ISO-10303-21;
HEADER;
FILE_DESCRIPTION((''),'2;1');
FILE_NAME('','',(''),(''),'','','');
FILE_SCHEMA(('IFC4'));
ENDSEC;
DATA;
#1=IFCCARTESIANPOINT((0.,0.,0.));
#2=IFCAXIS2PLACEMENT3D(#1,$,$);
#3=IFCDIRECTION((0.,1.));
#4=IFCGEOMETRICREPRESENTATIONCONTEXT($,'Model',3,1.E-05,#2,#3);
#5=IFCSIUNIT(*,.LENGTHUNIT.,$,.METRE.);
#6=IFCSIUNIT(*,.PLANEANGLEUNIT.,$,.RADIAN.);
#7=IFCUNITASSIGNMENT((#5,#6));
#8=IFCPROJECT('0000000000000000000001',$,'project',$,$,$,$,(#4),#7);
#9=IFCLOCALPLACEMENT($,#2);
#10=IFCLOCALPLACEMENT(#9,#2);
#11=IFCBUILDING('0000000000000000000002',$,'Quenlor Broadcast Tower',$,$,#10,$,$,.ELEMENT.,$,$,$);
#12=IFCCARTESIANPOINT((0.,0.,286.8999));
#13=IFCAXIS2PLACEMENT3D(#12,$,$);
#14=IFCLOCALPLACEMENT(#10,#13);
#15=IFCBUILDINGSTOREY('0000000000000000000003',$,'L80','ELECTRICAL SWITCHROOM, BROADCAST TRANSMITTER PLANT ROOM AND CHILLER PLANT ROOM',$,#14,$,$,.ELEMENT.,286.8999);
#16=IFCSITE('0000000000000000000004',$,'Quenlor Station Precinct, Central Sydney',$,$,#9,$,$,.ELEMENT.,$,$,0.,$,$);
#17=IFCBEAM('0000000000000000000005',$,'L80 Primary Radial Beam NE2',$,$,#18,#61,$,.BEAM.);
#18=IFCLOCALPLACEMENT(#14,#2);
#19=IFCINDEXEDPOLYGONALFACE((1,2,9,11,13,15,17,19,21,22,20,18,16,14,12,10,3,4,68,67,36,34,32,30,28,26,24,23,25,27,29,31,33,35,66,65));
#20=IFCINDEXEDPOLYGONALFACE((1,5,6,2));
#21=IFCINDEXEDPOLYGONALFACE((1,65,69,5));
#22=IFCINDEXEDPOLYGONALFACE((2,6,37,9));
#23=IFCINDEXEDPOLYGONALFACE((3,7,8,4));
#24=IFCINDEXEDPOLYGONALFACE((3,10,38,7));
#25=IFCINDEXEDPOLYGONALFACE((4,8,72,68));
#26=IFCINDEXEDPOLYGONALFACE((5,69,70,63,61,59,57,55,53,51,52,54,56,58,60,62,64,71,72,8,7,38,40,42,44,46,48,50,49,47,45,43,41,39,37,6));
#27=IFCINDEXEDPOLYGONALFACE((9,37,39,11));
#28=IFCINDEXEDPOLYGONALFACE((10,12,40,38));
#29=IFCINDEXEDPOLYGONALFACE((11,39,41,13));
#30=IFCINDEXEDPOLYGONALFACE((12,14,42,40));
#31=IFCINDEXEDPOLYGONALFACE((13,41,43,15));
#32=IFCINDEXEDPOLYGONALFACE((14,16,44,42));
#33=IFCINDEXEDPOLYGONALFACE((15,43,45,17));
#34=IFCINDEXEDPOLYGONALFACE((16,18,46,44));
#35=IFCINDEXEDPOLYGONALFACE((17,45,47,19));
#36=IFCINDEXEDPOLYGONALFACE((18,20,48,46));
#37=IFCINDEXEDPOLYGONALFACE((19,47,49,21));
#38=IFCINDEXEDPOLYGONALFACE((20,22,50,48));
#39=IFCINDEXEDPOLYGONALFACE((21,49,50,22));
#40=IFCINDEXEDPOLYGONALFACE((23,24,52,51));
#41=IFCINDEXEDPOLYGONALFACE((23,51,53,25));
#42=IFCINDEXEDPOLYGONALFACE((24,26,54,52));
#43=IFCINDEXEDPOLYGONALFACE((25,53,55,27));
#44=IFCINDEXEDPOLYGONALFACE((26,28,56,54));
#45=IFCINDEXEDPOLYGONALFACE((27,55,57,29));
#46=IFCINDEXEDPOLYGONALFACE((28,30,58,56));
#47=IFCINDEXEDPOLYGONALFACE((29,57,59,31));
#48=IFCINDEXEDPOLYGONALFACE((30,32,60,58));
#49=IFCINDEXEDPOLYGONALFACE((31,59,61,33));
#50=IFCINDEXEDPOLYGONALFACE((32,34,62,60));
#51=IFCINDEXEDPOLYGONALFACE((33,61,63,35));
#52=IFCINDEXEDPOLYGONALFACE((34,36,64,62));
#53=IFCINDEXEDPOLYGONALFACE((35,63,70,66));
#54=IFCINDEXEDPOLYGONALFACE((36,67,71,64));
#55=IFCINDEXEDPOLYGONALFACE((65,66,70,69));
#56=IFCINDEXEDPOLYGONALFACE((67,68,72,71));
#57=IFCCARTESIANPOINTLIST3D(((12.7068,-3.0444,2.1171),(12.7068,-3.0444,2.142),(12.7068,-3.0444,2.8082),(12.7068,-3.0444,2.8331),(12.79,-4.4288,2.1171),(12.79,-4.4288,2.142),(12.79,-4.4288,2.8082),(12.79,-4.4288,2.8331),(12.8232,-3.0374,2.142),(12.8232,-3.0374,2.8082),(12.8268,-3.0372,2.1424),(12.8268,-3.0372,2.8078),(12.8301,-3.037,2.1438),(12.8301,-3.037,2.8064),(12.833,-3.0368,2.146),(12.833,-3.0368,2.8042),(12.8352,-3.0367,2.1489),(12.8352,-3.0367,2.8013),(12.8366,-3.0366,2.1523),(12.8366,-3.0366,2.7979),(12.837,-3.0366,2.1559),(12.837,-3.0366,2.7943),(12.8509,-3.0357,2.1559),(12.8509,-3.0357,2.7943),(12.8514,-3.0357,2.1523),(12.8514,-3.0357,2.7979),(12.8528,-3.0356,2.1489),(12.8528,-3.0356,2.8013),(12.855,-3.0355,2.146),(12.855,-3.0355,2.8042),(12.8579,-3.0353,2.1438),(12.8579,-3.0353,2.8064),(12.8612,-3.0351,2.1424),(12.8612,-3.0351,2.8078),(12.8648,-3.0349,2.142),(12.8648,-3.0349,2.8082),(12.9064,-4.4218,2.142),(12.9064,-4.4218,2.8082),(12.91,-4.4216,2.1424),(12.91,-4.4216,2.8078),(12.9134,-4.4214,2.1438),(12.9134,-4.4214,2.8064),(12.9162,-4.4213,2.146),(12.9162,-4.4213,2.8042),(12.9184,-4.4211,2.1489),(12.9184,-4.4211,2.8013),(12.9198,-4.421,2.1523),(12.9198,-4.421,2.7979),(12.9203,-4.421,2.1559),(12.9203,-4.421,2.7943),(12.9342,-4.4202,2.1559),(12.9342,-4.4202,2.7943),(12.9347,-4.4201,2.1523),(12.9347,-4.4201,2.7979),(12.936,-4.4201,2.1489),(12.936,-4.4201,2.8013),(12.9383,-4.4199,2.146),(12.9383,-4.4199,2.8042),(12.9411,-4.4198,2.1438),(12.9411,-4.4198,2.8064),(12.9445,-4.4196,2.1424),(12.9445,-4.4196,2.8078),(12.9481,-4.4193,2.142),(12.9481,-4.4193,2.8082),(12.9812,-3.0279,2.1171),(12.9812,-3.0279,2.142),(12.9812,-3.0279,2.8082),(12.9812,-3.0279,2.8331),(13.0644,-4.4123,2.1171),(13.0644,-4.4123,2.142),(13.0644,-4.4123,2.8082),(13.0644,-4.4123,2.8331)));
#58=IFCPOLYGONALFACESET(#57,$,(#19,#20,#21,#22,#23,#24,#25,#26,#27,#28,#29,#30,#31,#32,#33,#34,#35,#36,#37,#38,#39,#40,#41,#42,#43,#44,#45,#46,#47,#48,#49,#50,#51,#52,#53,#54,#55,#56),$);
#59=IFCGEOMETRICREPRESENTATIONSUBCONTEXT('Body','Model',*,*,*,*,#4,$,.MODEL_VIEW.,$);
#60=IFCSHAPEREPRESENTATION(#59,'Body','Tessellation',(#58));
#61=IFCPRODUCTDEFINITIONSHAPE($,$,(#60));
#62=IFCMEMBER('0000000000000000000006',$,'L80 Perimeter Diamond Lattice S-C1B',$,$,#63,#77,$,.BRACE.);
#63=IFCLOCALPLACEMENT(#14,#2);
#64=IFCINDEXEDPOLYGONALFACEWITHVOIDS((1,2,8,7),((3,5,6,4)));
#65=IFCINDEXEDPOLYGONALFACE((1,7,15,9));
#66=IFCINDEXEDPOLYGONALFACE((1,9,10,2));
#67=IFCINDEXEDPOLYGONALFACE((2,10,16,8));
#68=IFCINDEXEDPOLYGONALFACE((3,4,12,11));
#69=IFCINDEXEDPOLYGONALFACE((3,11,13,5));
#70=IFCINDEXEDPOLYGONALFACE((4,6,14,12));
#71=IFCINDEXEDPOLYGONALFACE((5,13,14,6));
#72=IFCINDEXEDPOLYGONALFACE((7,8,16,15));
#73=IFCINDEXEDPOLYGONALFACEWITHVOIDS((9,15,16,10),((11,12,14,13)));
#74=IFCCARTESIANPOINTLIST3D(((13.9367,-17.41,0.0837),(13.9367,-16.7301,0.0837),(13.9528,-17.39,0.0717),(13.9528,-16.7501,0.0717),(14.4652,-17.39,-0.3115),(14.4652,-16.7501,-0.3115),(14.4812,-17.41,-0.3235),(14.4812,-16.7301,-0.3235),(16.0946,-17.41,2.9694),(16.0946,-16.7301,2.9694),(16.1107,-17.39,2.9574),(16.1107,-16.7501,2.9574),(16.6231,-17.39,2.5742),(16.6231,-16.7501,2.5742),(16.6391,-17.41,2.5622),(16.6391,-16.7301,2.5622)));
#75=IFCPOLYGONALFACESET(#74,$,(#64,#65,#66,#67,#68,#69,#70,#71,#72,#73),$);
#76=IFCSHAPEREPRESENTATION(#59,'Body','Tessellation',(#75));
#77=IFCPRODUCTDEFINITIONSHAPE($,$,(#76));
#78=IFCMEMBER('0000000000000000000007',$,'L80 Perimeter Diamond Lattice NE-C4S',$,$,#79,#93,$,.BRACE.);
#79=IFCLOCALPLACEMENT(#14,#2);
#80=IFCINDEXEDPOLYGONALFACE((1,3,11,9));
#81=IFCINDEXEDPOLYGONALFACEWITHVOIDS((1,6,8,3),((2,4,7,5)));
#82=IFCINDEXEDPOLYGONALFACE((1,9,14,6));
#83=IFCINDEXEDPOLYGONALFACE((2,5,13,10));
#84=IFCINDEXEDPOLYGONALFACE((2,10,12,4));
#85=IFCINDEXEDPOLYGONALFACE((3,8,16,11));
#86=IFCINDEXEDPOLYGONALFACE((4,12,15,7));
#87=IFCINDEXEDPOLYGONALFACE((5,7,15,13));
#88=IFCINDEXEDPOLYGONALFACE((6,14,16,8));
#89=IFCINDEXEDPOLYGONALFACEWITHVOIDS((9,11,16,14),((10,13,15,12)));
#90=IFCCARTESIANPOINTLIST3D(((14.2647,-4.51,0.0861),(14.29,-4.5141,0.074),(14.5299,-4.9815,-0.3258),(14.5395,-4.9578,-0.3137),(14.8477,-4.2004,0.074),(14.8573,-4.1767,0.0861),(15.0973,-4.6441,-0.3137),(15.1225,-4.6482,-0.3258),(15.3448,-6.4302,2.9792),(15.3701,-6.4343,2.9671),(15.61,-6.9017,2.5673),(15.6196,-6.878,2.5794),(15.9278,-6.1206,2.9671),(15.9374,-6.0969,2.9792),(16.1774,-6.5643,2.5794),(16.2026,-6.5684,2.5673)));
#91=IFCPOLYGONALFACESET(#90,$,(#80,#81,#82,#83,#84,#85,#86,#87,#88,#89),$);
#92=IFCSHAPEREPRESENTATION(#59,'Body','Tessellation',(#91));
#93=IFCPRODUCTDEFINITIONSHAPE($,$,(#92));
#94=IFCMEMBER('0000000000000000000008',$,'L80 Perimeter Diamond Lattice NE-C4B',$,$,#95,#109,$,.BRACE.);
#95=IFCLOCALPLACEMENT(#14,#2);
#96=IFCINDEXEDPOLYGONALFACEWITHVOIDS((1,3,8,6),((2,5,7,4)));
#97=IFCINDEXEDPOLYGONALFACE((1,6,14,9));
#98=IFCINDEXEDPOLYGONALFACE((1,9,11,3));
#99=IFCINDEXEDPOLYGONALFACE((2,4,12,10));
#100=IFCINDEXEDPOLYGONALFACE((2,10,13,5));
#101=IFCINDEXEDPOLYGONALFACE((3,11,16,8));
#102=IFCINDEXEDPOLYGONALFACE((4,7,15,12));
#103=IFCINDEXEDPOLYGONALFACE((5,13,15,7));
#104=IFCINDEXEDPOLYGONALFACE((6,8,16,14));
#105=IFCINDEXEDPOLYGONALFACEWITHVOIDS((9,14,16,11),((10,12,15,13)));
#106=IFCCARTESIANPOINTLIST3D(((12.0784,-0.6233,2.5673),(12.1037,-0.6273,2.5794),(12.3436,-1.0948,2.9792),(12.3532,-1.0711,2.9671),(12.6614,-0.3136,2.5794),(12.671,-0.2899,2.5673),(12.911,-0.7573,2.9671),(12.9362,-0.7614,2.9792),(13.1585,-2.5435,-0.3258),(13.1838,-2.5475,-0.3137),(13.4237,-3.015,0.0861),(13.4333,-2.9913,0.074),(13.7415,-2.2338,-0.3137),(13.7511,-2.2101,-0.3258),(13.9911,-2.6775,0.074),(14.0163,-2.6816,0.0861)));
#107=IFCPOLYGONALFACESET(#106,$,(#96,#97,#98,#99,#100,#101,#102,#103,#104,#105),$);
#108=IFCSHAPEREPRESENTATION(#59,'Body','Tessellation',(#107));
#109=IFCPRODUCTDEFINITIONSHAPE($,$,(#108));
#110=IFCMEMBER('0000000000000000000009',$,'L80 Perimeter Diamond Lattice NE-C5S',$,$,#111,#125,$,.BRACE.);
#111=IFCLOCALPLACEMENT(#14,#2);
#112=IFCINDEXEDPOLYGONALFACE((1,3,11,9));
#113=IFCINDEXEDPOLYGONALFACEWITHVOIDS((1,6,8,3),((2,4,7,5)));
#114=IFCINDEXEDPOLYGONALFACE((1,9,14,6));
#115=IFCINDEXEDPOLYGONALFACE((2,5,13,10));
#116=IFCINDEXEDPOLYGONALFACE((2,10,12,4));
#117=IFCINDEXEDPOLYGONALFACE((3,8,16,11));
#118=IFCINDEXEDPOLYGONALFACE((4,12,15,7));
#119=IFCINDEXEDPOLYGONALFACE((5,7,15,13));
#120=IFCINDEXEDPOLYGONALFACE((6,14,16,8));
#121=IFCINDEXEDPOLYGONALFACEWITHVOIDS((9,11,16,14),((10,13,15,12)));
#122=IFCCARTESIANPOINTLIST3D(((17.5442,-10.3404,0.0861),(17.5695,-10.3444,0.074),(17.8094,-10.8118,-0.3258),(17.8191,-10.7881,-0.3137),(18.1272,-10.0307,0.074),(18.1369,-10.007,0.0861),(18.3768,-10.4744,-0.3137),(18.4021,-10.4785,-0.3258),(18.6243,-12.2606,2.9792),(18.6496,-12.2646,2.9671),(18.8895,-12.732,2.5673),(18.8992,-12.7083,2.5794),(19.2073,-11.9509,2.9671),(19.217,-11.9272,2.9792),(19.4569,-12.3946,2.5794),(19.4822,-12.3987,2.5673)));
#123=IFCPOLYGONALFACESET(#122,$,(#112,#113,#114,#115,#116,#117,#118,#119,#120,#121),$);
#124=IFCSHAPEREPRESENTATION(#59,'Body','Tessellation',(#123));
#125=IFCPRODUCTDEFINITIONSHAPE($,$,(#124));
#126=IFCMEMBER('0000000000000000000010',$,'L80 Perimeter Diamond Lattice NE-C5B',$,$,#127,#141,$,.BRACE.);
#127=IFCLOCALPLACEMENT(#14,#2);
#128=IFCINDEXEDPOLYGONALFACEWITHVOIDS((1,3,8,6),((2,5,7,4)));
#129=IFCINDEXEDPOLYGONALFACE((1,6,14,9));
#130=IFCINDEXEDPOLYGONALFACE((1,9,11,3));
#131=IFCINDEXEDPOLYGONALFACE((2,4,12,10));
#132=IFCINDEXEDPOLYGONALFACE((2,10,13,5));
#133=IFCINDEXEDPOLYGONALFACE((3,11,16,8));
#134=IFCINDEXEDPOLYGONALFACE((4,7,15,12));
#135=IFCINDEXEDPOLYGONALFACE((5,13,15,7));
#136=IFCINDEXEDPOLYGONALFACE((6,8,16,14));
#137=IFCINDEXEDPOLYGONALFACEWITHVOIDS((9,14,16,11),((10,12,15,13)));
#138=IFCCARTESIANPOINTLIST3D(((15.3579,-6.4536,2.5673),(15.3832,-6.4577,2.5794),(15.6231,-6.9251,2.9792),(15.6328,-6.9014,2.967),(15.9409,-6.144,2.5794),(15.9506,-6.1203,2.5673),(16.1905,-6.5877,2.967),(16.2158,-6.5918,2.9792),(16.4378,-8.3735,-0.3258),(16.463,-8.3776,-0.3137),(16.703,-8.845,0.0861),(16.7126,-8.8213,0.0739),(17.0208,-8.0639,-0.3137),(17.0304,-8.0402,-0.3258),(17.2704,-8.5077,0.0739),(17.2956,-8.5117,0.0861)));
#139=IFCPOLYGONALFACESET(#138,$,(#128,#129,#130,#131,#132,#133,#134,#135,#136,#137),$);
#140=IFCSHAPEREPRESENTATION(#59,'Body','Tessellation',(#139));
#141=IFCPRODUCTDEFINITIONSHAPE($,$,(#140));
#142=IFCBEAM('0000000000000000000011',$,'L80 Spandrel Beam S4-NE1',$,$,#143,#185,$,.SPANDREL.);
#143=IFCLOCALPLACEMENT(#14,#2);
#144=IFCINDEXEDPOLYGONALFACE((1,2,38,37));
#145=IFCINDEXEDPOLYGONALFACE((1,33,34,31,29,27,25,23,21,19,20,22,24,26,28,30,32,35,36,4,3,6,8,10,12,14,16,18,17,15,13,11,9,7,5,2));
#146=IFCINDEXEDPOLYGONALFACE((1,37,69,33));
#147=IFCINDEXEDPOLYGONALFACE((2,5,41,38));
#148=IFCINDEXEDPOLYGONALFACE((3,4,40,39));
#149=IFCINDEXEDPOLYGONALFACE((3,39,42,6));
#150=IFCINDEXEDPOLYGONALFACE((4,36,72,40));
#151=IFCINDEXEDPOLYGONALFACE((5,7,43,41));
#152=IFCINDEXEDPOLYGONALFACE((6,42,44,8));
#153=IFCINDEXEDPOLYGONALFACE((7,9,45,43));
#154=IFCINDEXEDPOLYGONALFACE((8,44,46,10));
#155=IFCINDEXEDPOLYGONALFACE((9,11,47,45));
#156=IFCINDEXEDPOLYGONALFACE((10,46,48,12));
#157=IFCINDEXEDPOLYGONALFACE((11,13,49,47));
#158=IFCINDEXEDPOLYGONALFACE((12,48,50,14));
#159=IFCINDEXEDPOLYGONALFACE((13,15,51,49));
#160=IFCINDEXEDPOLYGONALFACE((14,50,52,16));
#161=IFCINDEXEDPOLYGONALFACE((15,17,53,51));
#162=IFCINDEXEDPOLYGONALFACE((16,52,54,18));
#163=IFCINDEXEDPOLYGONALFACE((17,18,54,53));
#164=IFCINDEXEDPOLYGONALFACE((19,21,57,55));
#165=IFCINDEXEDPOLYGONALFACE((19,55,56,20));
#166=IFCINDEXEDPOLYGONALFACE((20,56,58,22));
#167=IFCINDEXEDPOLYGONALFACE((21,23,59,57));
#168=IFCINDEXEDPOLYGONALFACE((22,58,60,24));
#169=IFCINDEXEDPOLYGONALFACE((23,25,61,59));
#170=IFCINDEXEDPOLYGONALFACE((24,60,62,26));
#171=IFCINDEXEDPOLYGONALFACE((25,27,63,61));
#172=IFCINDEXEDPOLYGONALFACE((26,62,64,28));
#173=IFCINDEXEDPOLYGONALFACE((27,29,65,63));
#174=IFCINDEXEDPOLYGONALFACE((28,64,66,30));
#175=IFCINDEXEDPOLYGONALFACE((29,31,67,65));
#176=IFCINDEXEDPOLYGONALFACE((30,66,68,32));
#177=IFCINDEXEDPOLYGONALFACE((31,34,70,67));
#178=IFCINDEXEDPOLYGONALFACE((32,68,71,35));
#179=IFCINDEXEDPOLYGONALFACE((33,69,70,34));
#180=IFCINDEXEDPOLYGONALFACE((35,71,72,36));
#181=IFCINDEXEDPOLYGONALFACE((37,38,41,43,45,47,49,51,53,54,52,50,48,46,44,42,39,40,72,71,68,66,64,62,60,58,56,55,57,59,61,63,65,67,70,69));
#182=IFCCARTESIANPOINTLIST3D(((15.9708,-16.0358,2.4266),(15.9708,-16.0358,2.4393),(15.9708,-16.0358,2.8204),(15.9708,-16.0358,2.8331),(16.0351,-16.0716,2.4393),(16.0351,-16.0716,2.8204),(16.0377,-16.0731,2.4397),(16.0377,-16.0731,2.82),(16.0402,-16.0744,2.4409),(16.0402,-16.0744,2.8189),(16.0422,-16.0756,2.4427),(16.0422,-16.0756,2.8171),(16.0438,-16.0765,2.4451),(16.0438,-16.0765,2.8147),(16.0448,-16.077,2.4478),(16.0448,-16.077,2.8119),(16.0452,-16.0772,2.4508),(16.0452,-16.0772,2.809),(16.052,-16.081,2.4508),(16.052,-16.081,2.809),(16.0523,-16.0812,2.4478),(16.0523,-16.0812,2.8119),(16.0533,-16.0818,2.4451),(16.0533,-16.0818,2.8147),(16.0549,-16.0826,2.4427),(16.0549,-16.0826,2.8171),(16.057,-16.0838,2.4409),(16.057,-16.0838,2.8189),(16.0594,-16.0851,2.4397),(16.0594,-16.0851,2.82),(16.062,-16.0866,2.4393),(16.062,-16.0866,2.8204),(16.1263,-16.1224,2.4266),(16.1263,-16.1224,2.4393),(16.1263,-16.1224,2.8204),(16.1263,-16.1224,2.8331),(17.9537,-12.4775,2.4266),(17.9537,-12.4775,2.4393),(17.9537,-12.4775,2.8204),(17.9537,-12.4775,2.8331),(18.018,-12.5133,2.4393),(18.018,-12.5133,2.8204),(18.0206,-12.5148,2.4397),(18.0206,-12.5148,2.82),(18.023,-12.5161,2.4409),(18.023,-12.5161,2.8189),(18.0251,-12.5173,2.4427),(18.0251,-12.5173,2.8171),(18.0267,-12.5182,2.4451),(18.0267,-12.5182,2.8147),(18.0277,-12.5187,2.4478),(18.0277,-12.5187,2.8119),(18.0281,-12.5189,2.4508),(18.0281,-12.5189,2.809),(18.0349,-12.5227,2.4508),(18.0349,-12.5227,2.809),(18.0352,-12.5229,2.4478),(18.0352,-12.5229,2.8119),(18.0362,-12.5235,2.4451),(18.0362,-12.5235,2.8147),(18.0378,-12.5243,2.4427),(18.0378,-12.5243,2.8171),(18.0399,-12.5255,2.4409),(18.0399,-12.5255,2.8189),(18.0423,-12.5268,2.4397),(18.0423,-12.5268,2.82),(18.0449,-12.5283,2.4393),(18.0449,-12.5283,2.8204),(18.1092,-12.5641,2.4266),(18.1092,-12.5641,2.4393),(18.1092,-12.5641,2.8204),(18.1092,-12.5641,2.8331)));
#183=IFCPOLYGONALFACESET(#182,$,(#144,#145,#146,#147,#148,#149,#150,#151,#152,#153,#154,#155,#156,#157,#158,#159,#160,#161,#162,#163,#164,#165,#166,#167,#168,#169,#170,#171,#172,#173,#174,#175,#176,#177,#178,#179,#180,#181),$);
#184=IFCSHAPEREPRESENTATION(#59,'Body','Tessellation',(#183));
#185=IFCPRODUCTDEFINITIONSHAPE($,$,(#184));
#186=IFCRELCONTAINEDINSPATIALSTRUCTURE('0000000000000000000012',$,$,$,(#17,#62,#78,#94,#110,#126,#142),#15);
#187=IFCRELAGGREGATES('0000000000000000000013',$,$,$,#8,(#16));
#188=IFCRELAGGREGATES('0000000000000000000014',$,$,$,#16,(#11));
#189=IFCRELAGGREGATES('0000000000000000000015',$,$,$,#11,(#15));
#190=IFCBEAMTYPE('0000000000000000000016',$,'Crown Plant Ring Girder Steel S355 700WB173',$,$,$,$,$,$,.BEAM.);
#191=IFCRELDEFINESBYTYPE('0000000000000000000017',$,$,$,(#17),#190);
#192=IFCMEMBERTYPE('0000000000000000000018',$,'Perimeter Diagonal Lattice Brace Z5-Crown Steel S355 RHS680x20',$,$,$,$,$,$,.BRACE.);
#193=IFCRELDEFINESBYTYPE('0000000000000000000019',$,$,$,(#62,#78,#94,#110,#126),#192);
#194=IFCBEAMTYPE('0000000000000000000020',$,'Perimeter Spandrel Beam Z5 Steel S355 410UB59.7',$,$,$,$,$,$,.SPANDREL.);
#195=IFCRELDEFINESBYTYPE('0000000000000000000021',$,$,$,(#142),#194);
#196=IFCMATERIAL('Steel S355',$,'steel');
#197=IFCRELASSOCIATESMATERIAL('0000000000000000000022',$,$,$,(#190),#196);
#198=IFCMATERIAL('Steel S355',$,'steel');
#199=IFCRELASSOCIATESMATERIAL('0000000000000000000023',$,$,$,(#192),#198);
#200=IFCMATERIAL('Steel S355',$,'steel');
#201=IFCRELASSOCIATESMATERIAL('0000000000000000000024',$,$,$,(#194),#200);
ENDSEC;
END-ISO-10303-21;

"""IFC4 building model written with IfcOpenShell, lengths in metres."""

from ifc_helpers import new_model, si_unit, direction, frame, origin, origin_2d, place, context, subcontext, project, spatial, hollow_rectangle, i_section, extrude, material, material_profile, profile_set, type_object, element, save


model = new_model("IFC4")

# Units and contexts
model_context = context("Model", 3, precision=1e-05, world=origin(), true_north=direction((0.0, 1.0)))
body_context = subcontext(model_context, "Body", "Model", "MODEL_VIEW")
ifc_project = project(units=[si_unit("LENGTHUNIT", "METRE"), si_unit("PLANEANGLEUNIT", "RADIAN")], contexts=[model_context])

# Site, building, storey
site_placement = place(None, origin())
site = spatial("IfcSite", under=ifc_project, at=site_placement, Name="Quenlor Station Precinct, Central Sydney", CompositionType="ELEMENT", RefElevation=0.0)
building_placement = place(site_placement, origin())
building = spatial("IfcBuilding", under=site, at=building_placement, Name="Quenlor Broadcast Tower", CompositionType="ELEMENT")
storey_placement = place(building_placement, frame((0.0, 0.0, 286.8999)))
storey = spatial("IfcBuildingStorey", under=building, at=storey_placement, Name="L80", Description="ELECTRICAL SWITCHROOM, BROADCAST TRANSMITTER PLANT ROOM AND CHILLER PLANT ROOM", CompositionType="ELEMENT", Elevation=286.8999)

# Beam
ifc_material_1 = material(Name="Steel S355", Category="steel")
ifc_material_profile_1 = material_profile(ifc_material_1, i_section(OverallWidth=0.2749, OverallDepth=0.7161, WebThickness=0.0139, FlangeThickness=0.0249, FilletRadius=0.0139, at=origin_2d()))
ifc_profile_set_1 = profile_set([ifc_material_profile_1], Name="Steel S355 700WB173")
beam_type_1 = type_object("IfcBeamType", Name="Crown Plant Ring Girder Steel S355 700WB173", PredefinedType="BEAM", material=ifc_profile_set_1)
beam_1_placement = place(storey_placement, frame((12.844, -3.0361, 2.4751), z_axis=(0.060022, -0.998197, 0.0), x_axis=(0.998197, 0.060022, 0.0)))
element("IfcBeam", 1, at=beam_1_placement, inside=storey, type_object=beam_type_1, Name="L80 Primary Radial Beam NE2", PredefinedType="BEAM", context=body_context, shape_type="SweptSolid", body=[
    extrude(i_section(OverallWidth=0.2749, OverallDepth=0.7161, WebThickness=0.0139, FlangeThickness=0.0249, FilletRadius=0.0139, at=origin_2d()), origin(), (0.0, 0.0, 1.0), 1.387),
])

# Members
ifc_material_2 = material(Name="Steel S355", Category="steel")
ifc_material_profile_2 = material_profile(ifc_material_2, hollow_rectangle(XDim=0.6799, YDim=0.6799, WallThickness=0.02, at=origin_2d()))
ifc_profile_set_2 = profile_set([ifc_material_profile_2], Name="Steel S355 RHS680x680x20")
member_type = type_object("IfcMemberType", Name="Perimeter Diagonal Lattice Brace Z5-Crown Steel S355 RHS680x20", PredefinedType="BRACE", material=ifc_profile_set_2)
member_1_placement = place(storey_placement, frame((14.209, -17.0701, -0.1199), z_axis=(0.598872, 0.0, 0.800845), x_axis=(0.0, 1.0, 0.0)))
element("IfcMember", 2, at=member_1_placement, inside=storey, type_object=member_type, Name="L80 Perimeter Diamond Lattice S-C1B", PredefinedType="BRACE", context=body_context, shape_type="SweptSolid", body=[
    extrude(hollow_rectangle(XDim=0.6799, YDim=0.6799, WallThickness=0.02, at=origin_2d()), origin(), (0.0, 0.0, 1.0), 3.6033),
])
for number, where, z_axis, x_axis, name in (
    (3, (14.6936, -4.5791, -0.1199), (0.297018, -0.52804, 0.795584), (0.871578, 0.490256, 0.0), "L80 Perimeter Diamond Lattice NE-C4S"),
    (4, (13.5874, -2.6125, -0.1199), (-0.297018, 0.52804, 0.795584), (-0.871578, -0.490256, 0.0), "L80 Perimeter Diamond Lattice NE-C4B"),
    (5, (17.9731, -10.4094, -0.1199), (0.297018, -0.52804, 0.795584), (0.871578, 0.490256, 0.0), "L80 Perimeter Diamond Lattice NE-C5S"),
):
    element("IfcMember", number, at=place(storey_placement, frame(where, z_axis=z_axis, x_axis=x_axis)), inside=storey, type_object=member_type, Name=name, PredefinedType="BRACE", context=body_context, shape_type="SweptSolid", body=[
        extrude(hollow_rectangle(XDim=0.6799, YDim=0.6799, WallThickness=0.02, at=origin_2d()), origin(), (0.0, 0.0, 1.0), 3.6365),
    ])
member_2_placement = place(storey_placement, frame((16.8667, -8.4426, -0.1199), z_axis=(-0.296967, 0.528002, 0.795628), x_axis=(-0.871599, -0.490219, 0.0)))
element("IfcMember", 6, at=member_2_placement, inside=storey, type_object=member_type, Name="L80 Perimeter Diamond Lattice NE-C5B", PredefinedType="BRACE", context=body_context, shape_type="SweptSolid", body=[
    extrude(hollow_rectangle(XDim=0.6799, YDim=0.6799, WallThickness=0.02, at=origin_2d()), origin(), (0.0, 0.0, 1.0), 3.6362),
])

# Beam
ifc_material_3 = material(Name="Steel S355", Category="steel")
ifc_material_profile_3 = material_profile(ifc_material_3, i_section(OverallWidth=0.178, OverallDepth=0.4065, WebThickness=0.0078, FlangeThickness=0.0127, FilletRadius=0.0115, at=origin_2d()))
ifc_profile_set_3 = profile_set([ifc_material_profile_3], Name="Steel S355 410UB59.7")
beam_type_2 = type_object("IfcBeamType", Name="Perimeter Spandrel Beam Z5 Steel S355 410UB59.7", PredefinedType="SPANDREL", material=ifc_profile_set_3)
beam_2_placement = place(storey_placement, frame((16.0486, -16.0791, 2.6299), z_axis=(0.486777, 0.873526, 0.0), x_axis=(-0.873526, 0.486777, 0.0)))
element("IfcBeam", 7, at=beam_2_placement, inside=storey, type_object=beam_type_2, Name="L80 Spandrel Beam S4-NE1", PredefinedType="SPANDREL", context=body_context, shape_type="SweptSolid", body=[
    extrude(i_section(OverallWidth=0.178, OverallDepth=0.4065, WebThickness=0.0078, FlangeThickness=0.0127, FilletRadius=0.0115, at=origin_2d()), origin(), (0.0, 0.0, 1.0), 4.0735),
])

save(model, "model.ifc")
